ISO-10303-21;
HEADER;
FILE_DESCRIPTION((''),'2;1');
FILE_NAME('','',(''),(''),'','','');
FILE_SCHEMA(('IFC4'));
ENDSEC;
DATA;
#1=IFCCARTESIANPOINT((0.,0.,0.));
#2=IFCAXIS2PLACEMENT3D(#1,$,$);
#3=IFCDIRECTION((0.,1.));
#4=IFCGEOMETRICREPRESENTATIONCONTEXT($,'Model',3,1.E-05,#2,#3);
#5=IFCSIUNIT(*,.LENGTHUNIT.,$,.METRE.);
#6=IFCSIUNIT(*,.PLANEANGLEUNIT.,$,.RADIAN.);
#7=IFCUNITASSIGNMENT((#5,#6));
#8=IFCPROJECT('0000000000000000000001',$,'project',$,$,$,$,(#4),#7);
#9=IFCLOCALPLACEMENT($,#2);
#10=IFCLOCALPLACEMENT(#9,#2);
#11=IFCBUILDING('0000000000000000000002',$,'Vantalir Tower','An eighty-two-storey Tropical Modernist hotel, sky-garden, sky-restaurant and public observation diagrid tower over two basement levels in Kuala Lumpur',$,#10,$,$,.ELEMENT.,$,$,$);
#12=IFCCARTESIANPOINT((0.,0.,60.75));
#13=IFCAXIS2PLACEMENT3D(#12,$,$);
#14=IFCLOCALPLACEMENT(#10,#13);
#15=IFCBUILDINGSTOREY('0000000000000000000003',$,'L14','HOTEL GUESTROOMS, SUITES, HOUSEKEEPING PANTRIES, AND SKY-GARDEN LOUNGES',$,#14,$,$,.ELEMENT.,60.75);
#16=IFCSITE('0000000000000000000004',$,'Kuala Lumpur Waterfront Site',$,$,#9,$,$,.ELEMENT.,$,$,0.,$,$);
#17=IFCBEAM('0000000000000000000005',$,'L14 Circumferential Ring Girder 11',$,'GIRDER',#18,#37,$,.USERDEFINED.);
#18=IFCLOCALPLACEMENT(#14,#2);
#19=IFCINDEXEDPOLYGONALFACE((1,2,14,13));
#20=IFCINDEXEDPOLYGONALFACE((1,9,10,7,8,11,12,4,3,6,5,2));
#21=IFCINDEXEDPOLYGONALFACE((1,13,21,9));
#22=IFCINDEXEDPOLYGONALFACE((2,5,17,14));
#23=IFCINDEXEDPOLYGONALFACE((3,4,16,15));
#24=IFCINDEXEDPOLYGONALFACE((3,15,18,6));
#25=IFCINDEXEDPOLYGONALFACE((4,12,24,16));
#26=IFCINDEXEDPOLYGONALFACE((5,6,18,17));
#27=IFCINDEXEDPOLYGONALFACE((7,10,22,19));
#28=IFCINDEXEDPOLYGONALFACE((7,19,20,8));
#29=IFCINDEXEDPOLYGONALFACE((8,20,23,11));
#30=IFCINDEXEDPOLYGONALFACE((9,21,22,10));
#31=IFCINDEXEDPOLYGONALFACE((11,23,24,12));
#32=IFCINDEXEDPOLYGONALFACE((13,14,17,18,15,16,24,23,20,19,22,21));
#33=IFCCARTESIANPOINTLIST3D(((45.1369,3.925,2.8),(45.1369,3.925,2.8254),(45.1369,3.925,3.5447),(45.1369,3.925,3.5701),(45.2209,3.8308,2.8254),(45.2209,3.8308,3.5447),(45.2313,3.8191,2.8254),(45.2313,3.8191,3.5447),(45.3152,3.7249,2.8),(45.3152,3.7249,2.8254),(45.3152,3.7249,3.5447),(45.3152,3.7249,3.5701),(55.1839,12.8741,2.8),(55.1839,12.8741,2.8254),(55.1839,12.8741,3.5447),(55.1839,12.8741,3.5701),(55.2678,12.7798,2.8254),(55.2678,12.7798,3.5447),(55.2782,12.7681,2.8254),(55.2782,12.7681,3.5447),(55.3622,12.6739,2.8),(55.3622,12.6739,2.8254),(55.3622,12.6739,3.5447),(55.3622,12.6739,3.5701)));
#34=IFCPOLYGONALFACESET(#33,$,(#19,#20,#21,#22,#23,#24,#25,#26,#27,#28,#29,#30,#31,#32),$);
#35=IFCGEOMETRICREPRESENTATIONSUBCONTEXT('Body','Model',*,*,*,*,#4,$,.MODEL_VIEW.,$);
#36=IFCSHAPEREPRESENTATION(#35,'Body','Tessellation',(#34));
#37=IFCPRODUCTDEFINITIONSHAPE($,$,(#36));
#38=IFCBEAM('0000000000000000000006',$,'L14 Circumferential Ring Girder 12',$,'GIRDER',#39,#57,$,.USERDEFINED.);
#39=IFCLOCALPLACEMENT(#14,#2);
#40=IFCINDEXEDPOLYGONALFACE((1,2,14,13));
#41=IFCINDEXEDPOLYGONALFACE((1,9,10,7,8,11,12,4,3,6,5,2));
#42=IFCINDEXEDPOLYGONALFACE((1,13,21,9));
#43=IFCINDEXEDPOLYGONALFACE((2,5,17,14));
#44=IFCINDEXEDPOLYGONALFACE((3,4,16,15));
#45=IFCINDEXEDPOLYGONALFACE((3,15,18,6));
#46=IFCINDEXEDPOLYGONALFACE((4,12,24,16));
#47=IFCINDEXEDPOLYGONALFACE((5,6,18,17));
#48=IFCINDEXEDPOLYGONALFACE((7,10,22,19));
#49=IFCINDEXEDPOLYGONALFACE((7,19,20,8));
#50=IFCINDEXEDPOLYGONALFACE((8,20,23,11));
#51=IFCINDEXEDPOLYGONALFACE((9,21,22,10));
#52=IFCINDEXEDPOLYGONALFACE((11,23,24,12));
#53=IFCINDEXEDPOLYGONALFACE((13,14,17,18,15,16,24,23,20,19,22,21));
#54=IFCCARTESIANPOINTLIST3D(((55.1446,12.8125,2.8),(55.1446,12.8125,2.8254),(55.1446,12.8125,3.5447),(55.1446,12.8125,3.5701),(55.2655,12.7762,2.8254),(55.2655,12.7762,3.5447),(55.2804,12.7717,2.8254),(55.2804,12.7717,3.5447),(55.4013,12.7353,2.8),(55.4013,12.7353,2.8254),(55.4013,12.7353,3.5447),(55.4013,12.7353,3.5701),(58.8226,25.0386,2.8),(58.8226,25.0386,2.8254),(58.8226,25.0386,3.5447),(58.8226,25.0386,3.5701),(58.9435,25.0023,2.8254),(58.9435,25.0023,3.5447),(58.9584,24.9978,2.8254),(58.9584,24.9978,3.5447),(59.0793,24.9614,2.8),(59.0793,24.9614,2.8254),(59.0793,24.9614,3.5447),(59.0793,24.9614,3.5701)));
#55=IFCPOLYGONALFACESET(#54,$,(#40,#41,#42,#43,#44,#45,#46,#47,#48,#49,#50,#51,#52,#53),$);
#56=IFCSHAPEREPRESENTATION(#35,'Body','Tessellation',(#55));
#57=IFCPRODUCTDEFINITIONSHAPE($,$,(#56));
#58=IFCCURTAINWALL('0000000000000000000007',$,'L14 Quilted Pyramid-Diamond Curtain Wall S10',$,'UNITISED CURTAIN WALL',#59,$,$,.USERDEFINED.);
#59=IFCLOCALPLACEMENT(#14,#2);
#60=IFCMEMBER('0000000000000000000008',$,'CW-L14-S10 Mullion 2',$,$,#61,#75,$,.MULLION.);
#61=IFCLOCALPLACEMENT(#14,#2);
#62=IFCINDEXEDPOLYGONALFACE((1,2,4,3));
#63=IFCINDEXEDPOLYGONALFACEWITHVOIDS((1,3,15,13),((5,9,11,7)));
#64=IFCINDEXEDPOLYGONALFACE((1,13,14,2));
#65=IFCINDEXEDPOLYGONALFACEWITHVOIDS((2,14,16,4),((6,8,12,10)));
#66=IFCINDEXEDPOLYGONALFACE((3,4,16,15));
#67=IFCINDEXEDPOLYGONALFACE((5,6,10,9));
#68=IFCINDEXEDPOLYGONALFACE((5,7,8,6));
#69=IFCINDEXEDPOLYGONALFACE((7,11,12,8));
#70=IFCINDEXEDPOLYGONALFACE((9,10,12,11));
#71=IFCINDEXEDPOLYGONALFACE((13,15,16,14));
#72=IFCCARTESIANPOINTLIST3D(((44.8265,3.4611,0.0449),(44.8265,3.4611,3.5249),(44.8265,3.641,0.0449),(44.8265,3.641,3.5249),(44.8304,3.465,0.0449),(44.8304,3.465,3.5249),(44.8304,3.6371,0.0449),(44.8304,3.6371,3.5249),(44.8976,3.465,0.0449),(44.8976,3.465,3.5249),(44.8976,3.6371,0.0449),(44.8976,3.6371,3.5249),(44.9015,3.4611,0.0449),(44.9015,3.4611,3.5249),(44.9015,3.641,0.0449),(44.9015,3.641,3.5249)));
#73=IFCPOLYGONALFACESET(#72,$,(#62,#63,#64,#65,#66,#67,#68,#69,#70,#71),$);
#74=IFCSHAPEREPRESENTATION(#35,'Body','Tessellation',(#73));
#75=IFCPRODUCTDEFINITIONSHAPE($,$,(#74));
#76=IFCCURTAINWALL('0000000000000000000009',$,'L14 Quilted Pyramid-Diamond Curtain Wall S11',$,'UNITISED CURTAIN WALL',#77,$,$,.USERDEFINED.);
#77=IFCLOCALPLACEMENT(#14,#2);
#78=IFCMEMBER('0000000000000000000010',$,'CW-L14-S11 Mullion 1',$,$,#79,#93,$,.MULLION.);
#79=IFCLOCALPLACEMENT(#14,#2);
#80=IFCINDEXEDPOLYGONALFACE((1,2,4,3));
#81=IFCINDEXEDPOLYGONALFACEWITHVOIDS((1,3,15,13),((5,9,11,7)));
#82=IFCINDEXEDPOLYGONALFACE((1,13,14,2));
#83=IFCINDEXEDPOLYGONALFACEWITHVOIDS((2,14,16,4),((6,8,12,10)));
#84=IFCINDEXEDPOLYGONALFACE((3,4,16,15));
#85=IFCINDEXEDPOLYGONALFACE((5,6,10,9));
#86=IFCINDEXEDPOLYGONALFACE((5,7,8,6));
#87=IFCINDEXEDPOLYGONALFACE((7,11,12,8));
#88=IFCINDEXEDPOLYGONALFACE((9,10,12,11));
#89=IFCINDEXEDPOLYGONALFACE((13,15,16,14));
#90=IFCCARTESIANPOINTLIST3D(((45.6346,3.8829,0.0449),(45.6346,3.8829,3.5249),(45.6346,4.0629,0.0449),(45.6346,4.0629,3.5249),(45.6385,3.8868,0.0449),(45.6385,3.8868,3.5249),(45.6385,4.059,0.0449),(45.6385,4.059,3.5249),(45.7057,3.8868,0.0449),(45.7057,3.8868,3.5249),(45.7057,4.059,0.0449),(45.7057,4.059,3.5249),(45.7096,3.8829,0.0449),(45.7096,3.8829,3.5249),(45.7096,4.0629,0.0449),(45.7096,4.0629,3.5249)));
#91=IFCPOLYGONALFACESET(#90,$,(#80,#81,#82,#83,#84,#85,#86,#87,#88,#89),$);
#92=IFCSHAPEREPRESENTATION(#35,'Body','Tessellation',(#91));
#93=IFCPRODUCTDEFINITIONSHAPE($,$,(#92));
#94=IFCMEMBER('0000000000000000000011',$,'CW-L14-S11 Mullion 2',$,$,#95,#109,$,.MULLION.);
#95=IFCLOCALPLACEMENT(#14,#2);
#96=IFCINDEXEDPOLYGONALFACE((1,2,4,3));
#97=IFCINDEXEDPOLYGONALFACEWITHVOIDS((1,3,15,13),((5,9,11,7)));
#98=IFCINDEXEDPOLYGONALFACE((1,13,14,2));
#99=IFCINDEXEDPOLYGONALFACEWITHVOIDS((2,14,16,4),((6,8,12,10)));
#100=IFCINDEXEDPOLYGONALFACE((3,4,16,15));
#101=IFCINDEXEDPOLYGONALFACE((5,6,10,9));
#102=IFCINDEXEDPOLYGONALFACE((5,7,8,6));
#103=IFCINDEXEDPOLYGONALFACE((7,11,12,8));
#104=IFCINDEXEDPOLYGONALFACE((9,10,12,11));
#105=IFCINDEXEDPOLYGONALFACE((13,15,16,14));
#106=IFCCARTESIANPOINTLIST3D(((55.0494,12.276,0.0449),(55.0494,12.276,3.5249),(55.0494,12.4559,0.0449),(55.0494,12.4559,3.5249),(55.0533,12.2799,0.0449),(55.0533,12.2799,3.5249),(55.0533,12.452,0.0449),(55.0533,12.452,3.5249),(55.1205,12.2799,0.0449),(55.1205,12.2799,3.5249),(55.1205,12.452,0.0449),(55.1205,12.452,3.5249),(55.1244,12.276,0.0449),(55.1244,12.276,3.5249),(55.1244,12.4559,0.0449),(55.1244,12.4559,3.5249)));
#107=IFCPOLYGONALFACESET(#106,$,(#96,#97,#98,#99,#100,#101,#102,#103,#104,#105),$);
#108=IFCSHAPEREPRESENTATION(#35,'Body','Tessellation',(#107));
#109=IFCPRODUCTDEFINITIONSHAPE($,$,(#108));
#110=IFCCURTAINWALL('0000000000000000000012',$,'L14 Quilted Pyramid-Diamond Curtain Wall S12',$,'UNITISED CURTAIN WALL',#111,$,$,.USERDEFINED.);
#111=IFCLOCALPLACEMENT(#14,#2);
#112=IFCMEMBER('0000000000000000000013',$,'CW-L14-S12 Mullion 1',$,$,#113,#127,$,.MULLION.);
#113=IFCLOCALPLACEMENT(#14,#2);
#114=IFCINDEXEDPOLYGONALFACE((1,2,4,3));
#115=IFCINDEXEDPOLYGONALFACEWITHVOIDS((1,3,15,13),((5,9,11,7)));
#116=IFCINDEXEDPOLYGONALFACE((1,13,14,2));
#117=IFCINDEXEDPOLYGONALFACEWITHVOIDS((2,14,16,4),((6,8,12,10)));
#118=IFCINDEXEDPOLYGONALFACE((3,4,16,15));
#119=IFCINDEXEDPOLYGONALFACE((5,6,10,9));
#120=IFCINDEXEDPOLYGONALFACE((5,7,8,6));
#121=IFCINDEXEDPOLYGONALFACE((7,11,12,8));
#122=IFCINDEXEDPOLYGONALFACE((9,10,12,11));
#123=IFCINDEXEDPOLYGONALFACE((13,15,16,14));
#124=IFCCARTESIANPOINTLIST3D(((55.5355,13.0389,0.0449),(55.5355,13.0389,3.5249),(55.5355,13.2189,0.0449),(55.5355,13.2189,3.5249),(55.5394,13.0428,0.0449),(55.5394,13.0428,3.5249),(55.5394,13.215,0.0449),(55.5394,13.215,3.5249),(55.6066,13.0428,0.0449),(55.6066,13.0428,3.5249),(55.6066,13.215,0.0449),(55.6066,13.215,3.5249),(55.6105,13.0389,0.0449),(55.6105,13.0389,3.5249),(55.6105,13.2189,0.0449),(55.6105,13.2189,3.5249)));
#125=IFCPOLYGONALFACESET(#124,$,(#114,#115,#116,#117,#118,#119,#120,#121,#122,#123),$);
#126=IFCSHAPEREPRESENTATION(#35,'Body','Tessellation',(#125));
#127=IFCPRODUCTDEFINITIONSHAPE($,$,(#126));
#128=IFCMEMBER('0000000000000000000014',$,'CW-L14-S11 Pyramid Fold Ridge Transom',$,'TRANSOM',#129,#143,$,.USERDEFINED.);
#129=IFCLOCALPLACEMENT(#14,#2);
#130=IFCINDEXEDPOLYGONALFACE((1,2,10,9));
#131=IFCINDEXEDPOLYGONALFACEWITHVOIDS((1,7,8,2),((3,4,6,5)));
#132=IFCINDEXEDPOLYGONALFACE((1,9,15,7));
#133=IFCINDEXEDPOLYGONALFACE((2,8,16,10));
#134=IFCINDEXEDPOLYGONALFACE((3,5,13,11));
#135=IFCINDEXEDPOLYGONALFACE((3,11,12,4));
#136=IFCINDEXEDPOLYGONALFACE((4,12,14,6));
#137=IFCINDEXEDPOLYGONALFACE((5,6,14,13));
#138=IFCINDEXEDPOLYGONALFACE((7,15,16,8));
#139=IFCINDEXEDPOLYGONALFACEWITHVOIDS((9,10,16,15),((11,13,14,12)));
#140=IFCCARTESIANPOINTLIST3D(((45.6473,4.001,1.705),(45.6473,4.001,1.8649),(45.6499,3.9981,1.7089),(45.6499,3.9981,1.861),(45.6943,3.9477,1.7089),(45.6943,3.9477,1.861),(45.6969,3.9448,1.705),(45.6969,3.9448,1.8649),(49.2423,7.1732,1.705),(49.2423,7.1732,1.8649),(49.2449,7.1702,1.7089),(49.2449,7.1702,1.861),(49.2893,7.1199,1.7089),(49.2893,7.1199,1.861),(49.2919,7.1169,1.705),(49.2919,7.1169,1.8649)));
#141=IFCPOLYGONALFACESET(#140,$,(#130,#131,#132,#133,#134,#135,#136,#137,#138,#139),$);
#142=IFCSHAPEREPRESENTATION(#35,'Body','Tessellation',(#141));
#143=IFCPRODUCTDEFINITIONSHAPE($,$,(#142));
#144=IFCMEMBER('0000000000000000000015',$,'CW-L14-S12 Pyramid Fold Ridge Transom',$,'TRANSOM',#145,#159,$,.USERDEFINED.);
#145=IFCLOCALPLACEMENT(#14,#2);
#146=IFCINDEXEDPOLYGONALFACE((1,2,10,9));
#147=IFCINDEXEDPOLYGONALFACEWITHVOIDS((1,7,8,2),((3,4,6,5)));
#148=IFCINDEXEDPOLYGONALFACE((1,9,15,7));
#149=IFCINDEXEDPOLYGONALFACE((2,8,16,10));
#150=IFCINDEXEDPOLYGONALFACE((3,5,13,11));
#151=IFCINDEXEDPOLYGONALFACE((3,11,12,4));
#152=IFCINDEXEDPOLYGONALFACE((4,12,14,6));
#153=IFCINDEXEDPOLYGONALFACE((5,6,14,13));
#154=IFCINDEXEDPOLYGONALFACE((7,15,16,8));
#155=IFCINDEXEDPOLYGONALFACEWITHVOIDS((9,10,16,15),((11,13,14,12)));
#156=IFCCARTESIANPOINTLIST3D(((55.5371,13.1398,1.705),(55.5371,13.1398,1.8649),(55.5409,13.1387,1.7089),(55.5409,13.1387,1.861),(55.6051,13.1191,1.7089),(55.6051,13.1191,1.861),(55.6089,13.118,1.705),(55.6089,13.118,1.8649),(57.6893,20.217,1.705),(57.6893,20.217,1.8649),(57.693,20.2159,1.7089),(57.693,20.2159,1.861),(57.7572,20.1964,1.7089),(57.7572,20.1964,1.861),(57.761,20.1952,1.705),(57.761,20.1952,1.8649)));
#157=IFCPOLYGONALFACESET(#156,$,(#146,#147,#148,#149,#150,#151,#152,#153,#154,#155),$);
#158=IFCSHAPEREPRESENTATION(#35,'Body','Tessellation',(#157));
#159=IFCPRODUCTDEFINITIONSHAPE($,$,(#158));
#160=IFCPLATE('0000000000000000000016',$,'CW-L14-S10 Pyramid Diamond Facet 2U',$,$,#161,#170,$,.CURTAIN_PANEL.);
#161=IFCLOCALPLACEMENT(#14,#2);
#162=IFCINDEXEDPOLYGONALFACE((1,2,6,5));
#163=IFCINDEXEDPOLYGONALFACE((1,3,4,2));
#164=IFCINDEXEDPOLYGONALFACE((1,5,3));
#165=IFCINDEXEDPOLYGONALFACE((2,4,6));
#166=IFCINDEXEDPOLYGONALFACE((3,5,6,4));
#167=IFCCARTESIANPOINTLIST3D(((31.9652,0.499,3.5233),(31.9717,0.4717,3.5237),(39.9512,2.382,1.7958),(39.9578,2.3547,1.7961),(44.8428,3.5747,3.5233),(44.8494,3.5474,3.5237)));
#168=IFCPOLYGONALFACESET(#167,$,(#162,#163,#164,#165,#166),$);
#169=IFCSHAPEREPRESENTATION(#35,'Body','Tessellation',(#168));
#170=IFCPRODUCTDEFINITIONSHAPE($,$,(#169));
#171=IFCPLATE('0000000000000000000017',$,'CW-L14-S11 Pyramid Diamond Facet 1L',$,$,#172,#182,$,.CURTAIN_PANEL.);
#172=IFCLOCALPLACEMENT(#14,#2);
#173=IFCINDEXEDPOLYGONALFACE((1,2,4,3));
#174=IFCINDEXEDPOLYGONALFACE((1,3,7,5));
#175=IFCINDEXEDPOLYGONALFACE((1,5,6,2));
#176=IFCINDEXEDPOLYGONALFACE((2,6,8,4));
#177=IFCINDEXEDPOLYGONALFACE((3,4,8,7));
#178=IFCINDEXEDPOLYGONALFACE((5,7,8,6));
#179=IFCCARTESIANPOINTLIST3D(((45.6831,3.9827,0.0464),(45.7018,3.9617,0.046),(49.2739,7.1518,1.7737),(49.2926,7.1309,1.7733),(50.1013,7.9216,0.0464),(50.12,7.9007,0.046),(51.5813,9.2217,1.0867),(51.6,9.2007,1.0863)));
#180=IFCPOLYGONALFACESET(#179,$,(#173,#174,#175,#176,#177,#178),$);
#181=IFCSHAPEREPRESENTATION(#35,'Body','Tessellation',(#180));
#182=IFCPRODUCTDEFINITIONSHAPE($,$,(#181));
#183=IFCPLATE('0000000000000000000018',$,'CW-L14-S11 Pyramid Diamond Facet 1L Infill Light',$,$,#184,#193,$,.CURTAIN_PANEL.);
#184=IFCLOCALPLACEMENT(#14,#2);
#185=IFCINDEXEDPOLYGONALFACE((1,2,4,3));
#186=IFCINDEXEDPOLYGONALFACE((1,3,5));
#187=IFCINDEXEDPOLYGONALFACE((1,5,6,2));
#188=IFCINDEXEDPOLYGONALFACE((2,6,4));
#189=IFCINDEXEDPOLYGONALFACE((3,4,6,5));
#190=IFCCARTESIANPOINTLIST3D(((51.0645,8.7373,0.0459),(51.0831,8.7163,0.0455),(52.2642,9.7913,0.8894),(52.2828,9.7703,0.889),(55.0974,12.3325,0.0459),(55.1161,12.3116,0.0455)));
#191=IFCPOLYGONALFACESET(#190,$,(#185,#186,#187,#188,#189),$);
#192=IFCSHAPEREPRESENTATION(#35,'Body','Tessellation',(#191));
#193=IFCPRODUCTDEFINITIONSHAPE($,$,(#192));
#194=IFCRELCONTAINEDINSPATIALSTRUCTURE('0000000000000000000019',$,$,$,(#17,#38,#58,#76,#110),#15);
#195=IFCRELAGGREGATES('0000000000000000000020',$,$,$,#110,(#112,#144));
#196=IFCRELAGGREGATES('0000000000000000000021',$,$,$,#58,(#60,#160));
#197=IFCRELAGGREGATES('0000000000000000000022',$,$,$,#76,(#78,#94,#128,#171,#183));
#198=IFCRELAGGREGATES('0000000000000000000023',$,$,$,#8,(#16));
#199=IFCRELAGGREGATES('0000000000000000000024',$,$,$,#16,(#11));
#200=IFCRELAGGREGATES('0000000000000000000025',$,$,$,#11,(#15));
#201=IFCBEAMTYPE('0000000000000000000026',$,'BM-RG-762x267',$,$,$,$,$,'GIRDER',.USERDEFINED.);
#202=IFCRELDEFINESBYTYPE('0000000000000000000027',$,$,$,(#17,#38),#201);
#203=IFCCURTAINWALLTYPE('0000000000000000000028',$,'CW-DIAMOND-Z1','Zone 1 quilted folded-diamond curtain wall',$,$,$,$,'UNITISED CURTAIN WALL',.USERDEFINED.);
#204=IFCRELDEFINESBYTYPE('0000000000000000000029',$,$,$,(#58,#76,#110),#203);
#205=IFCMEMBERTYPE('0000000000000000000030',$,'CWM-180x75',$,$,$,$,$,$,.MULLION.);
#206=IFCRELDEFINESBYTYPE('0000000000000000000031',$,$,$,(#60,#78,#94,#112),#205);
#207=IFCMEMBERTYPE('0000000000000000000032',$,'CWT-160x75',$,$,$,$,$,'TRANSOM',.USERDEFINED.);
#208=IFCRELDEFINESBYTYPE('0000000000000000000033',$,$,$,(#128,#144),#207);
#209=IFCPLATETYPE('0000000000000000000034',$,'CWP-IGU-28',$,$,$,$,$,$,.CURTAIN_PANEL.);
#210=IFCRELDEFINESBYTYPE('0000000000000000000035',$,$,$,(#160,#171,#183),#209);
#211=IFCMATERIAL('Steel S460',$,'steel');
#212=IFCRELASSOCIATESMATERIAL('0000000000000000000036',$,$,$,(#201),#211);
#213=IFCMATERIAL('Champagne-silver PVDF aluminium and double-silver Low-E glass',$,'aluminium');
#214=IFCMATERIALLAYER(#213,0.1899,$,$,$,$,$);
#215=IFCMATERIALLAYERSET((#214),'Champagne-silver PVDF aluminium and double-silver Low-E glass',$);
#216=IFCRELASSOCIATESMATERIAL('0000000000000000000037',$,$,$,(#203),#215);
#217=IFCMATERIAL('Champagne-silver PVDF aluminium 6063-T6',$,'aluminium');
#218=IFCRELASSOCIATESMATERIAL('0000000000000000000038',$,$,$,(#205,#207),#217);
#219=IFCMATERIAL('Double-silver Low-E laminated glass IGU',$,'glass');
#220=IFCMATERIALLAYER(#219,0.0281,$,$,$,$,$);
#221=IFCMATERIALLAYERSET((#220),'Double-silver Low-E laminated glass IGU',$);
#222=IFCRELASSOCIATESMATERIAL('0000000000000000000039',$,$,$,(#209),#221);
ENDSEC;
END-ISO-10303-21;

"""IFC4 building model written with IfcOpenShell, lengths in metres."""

from ifc_helpers import new_model, si_unit, direction, frame, origin, origin_2d, place, context, subcontext, project, spatial, polyline, hollow_rectangle, i_section, outline, extrude, material, layer, layer_set, material_profile, profile_set, type_object, element, aggregate, save


model = new_model("IFC4")

# Units and contexts
model_context = context("Model", 3, precision=1e-05, world=origin(), true_north=direction((0.0, 1.0)))
body_context = subcontext(model_context, "Body", "Model", "MODEL_VIEW")
ifc_project = project(units=[si_unit("LENGTHUNIT", "METRE"), si_unit("PLANEANGLEUNIT", "RADIAN")], contexts=[model_context])

# Site, building, storey
site_placement = place(None, origin())
site = spatial("IfcSite", under=ifc_project, at=site_placement, Name="Kuala Lumpur Waterfront Site", CompositionType="ELEMENT", RefElevation=0.0)
building_placement = place(site_placement, origin())
building = spatial("IfcBuilding", under=site, at=building_placement, Name="Vantalir Tower", Description="An eighty-two-storey Tropical Modernist hotel, sky-garden, sky-restaurant and public observation diagrid tower over two basement levels in Kuala Lumpur", CompositionType="ELEMENT")
storey_placement = place(building_placement, frame((0.0, 0.0, 60.75)))
storey = spatial("IfcBuildingStorey", under=building, at=storey_placement, Name="L14", Description="HOTEL GUESTROOMS, SUITES, HOUSEKEEPING PANTRIES, AND SKY-GARDEN LOUNGES", CompositionType="ELEMENT", Elevation=60.75)

# Shared definitions
ifc_material_1 = material(Name="Steel S460", Category="steel")

# Beams
ifc_material_profile_1 = material_profile(ifc_material_1, i_section(OverallWidth=0.2681, OverallDepth=0.77, WebThickness=0.0156, FlangeThickness=0.0254, at=origin_2d()), Name="Steel S460")
ifc_profile_set_1 = profile_set([ifc_material_profile_1], Name="Steel S460")
beam_type_1 = type_object("IfcBeamType", Name="BM-RG-762x267", ElementType="GIRDER", PredefinedType="USERDEFINED", material=ifc_profile_set_1)
beam_1_placement = place(storey_placement, frame((45.2261, 3.825, 3.1851), z_axis=(0.746729, 0.665128, 0.0), x_axis=(-0.665128, 0.746729, 0.0)))
element("IfcBeam", 1, at=beam_1_placement, inside=storey, type_object=beam_type_1, Name="L14 Circumferential Ring Girder 11", ObjectType="GIRDER", PredefinedType="USERDEFINED", context=body_context, shape_type="SweptSolid", body=[
    extrude(i_section(OverallWidth=0.2681, OverallDepth=0.77, WebThickness=0.0156, FlangeThickness=0.0254, at=origin_2d()), origin(), (0.0, 0.0, 1.0), 13.4546),
])
beam_2_placement = place(storey_placement, frame((55.2729, 12.7739, 3.1851), z_axis=(0.288078, 0.957607, 0.0), x_axis=(-0.957607, 0.288078, 0.0)))
element("IfcBeam", 2, at=beam_2_placement, inside=storey, type_object=beam_type_1, Name="L14 Circumferential Ring Girder 12", ObjectType="GIRDER", PredefinedType="USERDEFINED", context=body_context, shape_type="SweptSolid", body=[
    extrude(i_section(OverallWidth=0.2681, OverallDepth=0.77, WebThickness=0.0156, FlangeThickness=0.0254, at=origin_2d()), origin(), (0.0, 0.0, 1.0), 12.7673),
])

# Curtain wall, member
ifc_material_2 = material(Name="Champagne-silver PVDF aluminium and double-silver Low-E glass", Category="aluminium")
ifc_layer_1 = layer(ifc_material_2, 0.1899)
ifc_layer_set_1 = layer_set([ifc_layer_1], Name="Champagne-silver PVDF aluminium and double-silver Low-E glass")
curtain_wall_type = type_object("IfcCurtainWallType", Name="CW-DIAMOND-Z1", Description="Zone 1 quilted folded-diamond curtain wall", ElementType="UNITISED CURTAIN WALL", PredefinedType="USERDEFINED", material=ifc_layer_set_1)
curtain_wall_1_placement = place(storey_placement, origin())
curtain_wall_1 = element("IfcCurtainWall", 3, at=curtain_wall_1_placement, inside=storey, type_object=curtain_wall_type, Name="L14 Quilted Pyramid-Diamond Curtain Wall S10", ObjectType="UNITISED CURTAIN WALL", PredefinedType="USERDEFINED")
ifc_material_3 = material(Name="Champagne-silver PVDF aluminium 6063-T6", Category="aluminium")
ifc_material_profile_2 = material_profile(ifc_material_3, hollow_rectangle(XDim=0.075, YDim=0.1799, WallThickness=0.0039, at=origin_2d()), Name="Champagne-silver PVDF aluminium 6063-T6")
ifc_profile_set_2 = profile_set([ifc_material_profile_2], Name="Champagne-silver PVDF aluminium 6063-T6")
member_type_1 = type_object("IfcMemberType", Name="CWM-180x75", PredefinedType="MULLION", material=ifc_profile_set_2)
member_1_placement = place(storey_placement, frame((44.864, 3.551, 0.0449), z_axis=(0.0, 0.0, 1.0), x_axis=(1.0, 0.0, 0.0)))
member_1 = element("IfcMember", 4, at=member_1_placement, type_object=member_type_1, Name="CW-L14-S10 Mullion 2", PredefinedType="MULLION", context=body_context, shape_type="SweptSolid", body=[
    extrude(hollow_rectangle(XDim=0.075, YDim=0.1799, WallThickness=0.0039, at=origin_2d()), origin(), (0.0, 0.0, 1.0), 3.48),
])

# Curtain wall, members
curtain_wall_2_placement = place(storey_placement, origin())
curtain_wall_2 = element("IfcCurtainWall", 5, at=curtain_wall_2_placement, inside=storey, type_object=curtain_wall_type, Name="L14 Quilted Pyramid-Diamond Curtain Wall S11", ObjectType="UNITISED CURTAIN WALL", PredefinedType="USERDEFINED")
member_2_placement = place(storey_placement, frame((45.6721, 3.9729, 0.0449), z_axis=(0.0, 0.0, 1.0), x_axis=(1.0, 0.0, 0.0)))
member_2 = element("IfcMember", 6, at=member_2_placement, type_object=member_type_1, Name="CW-L14-S11 Mullion 1", PredefinedType="MULLION", context=body_context, shape_type="SweptSolid", body=[
    extrude(hollow_rectangle(XDim=0.075, YDim=0.1799, WallThickness=0.0039, at=origin_2d()), origin(), (0.0, 0.0, 1.0), 3.48),
])
member_3_placement = place(storey_placement, frame((55.0869, 12.366, 0.0449), z_axis=(0.0, 0.0, 1.0), x_axis=(1.0, 0.0, 0.0)))
member_3 = element("IfcMember", 7, at=member_3_placement, type_object=member_type_1, Name="CW-L14-S11 Mullion 2", PredefinedType="MULLION", context=body_context, shape_type="SweptSolid", body=[
    extrude(hollow_rectangle(XDim=0.075, YDim=0.1799, WallThickness=0.0039, at=origin_2d()), origin(), (0.0, 0.0, 1.0), 3.48),
])

# Curtain wall, member
curtain_wall_3_placement = place(storey_placement, origin())
curtain_wall_3 = element("IfcCurtainWall", 8, at=curtain_wall_3_placement, inside=storey, type_object=curtain_wall_type, Name="L14 Quilted Pyramid-Diamond Curtain Wall S12", ObjectType="UNITISED CURTAIN WALL", PredefinedType="USERDEFINED")
member_4_placement = place(storey_placement, frame((55.573, 13.1289, 0.0449), z_axis=(0.0, 0.0, 1.0), x_axis=(1.0, 0.0, 0.0)))
member_4 = element("IfcMember", 9, at=member_4_placement, type_object=member_type_1, Name="CW-L14-S12 Mullion 1", PredefinedType="MULLION", context=body_context, shape_type="SweptSolid", body=[
    extrude(hollow_rectangle(XDim=0.075, YDim=0.1799, WallThickness=0.0039, at=origin_2d()), origin(), (0.0, 0.0, 1.0), 3.48),
])

# Members
ifc_material_profile_3 = material_profile(ifc_material_3, hollow_rectangle(XDim=0.075, YDim=0.1599, WallThickness=0.0039, at=origin_2d()), Name="Champagne-silver PVDF aluminium 6063-T6")
ifc_profile_set_3 = profile_set([ifc_material_profile_3], Name="Champagne-silver PVDF aluminium 6063-T6")
member_type_2 = type_object("IfcMemberType", Name="CWT-160x75", ElementType="TRANSOM", PredefinedType="USERDEFINED", material=ifc_profile_set_3)
member_5_placement = place(storey_placement, frame((45.6721, 3.9729, 1.7849), z_axis=(0.749829, 0.661632, 0.0), x_axis=(-0.661632, 0.749829, 0.0)))
member_5 = element("IfcMember", 10, at=member_5_placement, type_object=member_type_2, Name="CW-L14-S11 Pyramid Fold Ridge Transom", ObjectType="TRANSOM", PredefinedType="USERDEFINED", context=body_context, shape_type="SweptSolid", body=[
    extrude(hollow_rectangle(XDim=0.075, YDim=0.1599, WallThickness=0.0039, at=origin_2d()), origin(), (0.0, 0.0, 1.0), 4.7944),
])
member_6_placement = place(storey_placement, frame((55.573, 13.1289, 1.7849), z_axis=(0.290937, 0.956742, 0.0), x_axis=(-0.956742, 0.290937, 0.0)))
member_6 = element("IfcMember", 11, at=member_6_placement, type_object=member_type_2, Name="CW-L14-S12 Pyramid Fold Ridge Transom", ObjectType="TRANSOM", PredefinedType="USERDEFINED", context=body_context, shape_type="SweptSolid", body=[
    extrude(hollow_rectangle(XDim=0.075, YDim=0.1599, WallThickness=0.0039, at=origin_2d()), origin(), (0.0, 0.0, 1.0), 7.3972),
])
aggregate(curtain_wall_3, [member_4, member_6])

# Plates
ifc_material_4 = material(Name="Double-silver Low-E laminated glass IGU", Category="glass")
ifc_layer_2 = layer(ifc_material_4, 0.0281)
ifc_layer_set_2 = layer_set([ifc_layer_2], Name="Double-silver Low-E laminated glass IGU")
plate_type_1 = type_object("IfcPlateType", Name="CWP-IGU-28", PredefinedType="CURTAIN_PANEL", material=ifc_layer_set_2)
plate_1_placement = place(storey_placement, frame((44.8494, 3.5474, 3.5237), z_axis=(0.232283, -0.972552, 0.013695), x_axis=(-0.972643, -0.232304, 0.0)))
plate_1 = element("IfcPlate", 12, at=plate_1_placement, type_object=plate_type_1, Name="CW-L14-S10 Pyramid Diamond Facet 2U", PredefinedType="CURTAIN_PANEL", context=body_context, shape_type="SweptSolid", body=[
    extrude(outline(polyline([(0.0, 0.0), (13.2399, 0.0), (5.0348, 1.7277), (0.0, 0.0)])), origin(), (0.0, 0.0, -1.0), 0.0281),
])
aggregate(curtain_wall_1, [member_1, plate_1])
plate_2_placement = place(storey_placement, frame((45.6831, 3.9827, 0.0464), z_axis=(-0.665397, 0.746361, 0.013886), x_axis=(0.746433, 0.665461, 0.0)))
plate_2 = element("IfcPlate", 13, at=plate_2_placement, type_object=plate_type_1, Name="CW-L14-S11 Pyramid Diamond Facet 1L", PredefinedType="CURTAIN_PANEL", context=body_context, shape_type="SweptSolid", body=[
    extrude(outline(polyline([(0.0, 0.0), (5.9191, 0.0), (7.889, -1.0404), (4.7893, -1.7275), (0.0, 0.0)])), origin(), (0.0, 0.0, -1.0), 0.0281),
])
plate_3_placement = place(storey_placement, frame((51.0645, 8.7373, 0.0459), z_axis=(-0.665372, 0.746386, 0.013745), x_axis=(0.746456, 0.665435, 0.0)))
plate_3 = element("IfcPlate", 14, at=plate_3_placement, type_object=plate_type_1, Name="CW-L14-S11 Pyramid Diamond Facet 1L Infill Light", PredefinedType="CURTAIN_PANEL", context=body_context, shape_type="SweptSolid", body=[
    extrude(outline(polyline([(0.0, 0.0), (5.4028, 0.0), (1.5969, -0.8436), (0.0, 0.0)])), origin(), (0.0, 0.0, -1.0), 0.0281),
])
aggregate(curtain_wall_2, [member_2, member_3, member_5, plate_2, plate_3])

save(model, "model.ifc")
